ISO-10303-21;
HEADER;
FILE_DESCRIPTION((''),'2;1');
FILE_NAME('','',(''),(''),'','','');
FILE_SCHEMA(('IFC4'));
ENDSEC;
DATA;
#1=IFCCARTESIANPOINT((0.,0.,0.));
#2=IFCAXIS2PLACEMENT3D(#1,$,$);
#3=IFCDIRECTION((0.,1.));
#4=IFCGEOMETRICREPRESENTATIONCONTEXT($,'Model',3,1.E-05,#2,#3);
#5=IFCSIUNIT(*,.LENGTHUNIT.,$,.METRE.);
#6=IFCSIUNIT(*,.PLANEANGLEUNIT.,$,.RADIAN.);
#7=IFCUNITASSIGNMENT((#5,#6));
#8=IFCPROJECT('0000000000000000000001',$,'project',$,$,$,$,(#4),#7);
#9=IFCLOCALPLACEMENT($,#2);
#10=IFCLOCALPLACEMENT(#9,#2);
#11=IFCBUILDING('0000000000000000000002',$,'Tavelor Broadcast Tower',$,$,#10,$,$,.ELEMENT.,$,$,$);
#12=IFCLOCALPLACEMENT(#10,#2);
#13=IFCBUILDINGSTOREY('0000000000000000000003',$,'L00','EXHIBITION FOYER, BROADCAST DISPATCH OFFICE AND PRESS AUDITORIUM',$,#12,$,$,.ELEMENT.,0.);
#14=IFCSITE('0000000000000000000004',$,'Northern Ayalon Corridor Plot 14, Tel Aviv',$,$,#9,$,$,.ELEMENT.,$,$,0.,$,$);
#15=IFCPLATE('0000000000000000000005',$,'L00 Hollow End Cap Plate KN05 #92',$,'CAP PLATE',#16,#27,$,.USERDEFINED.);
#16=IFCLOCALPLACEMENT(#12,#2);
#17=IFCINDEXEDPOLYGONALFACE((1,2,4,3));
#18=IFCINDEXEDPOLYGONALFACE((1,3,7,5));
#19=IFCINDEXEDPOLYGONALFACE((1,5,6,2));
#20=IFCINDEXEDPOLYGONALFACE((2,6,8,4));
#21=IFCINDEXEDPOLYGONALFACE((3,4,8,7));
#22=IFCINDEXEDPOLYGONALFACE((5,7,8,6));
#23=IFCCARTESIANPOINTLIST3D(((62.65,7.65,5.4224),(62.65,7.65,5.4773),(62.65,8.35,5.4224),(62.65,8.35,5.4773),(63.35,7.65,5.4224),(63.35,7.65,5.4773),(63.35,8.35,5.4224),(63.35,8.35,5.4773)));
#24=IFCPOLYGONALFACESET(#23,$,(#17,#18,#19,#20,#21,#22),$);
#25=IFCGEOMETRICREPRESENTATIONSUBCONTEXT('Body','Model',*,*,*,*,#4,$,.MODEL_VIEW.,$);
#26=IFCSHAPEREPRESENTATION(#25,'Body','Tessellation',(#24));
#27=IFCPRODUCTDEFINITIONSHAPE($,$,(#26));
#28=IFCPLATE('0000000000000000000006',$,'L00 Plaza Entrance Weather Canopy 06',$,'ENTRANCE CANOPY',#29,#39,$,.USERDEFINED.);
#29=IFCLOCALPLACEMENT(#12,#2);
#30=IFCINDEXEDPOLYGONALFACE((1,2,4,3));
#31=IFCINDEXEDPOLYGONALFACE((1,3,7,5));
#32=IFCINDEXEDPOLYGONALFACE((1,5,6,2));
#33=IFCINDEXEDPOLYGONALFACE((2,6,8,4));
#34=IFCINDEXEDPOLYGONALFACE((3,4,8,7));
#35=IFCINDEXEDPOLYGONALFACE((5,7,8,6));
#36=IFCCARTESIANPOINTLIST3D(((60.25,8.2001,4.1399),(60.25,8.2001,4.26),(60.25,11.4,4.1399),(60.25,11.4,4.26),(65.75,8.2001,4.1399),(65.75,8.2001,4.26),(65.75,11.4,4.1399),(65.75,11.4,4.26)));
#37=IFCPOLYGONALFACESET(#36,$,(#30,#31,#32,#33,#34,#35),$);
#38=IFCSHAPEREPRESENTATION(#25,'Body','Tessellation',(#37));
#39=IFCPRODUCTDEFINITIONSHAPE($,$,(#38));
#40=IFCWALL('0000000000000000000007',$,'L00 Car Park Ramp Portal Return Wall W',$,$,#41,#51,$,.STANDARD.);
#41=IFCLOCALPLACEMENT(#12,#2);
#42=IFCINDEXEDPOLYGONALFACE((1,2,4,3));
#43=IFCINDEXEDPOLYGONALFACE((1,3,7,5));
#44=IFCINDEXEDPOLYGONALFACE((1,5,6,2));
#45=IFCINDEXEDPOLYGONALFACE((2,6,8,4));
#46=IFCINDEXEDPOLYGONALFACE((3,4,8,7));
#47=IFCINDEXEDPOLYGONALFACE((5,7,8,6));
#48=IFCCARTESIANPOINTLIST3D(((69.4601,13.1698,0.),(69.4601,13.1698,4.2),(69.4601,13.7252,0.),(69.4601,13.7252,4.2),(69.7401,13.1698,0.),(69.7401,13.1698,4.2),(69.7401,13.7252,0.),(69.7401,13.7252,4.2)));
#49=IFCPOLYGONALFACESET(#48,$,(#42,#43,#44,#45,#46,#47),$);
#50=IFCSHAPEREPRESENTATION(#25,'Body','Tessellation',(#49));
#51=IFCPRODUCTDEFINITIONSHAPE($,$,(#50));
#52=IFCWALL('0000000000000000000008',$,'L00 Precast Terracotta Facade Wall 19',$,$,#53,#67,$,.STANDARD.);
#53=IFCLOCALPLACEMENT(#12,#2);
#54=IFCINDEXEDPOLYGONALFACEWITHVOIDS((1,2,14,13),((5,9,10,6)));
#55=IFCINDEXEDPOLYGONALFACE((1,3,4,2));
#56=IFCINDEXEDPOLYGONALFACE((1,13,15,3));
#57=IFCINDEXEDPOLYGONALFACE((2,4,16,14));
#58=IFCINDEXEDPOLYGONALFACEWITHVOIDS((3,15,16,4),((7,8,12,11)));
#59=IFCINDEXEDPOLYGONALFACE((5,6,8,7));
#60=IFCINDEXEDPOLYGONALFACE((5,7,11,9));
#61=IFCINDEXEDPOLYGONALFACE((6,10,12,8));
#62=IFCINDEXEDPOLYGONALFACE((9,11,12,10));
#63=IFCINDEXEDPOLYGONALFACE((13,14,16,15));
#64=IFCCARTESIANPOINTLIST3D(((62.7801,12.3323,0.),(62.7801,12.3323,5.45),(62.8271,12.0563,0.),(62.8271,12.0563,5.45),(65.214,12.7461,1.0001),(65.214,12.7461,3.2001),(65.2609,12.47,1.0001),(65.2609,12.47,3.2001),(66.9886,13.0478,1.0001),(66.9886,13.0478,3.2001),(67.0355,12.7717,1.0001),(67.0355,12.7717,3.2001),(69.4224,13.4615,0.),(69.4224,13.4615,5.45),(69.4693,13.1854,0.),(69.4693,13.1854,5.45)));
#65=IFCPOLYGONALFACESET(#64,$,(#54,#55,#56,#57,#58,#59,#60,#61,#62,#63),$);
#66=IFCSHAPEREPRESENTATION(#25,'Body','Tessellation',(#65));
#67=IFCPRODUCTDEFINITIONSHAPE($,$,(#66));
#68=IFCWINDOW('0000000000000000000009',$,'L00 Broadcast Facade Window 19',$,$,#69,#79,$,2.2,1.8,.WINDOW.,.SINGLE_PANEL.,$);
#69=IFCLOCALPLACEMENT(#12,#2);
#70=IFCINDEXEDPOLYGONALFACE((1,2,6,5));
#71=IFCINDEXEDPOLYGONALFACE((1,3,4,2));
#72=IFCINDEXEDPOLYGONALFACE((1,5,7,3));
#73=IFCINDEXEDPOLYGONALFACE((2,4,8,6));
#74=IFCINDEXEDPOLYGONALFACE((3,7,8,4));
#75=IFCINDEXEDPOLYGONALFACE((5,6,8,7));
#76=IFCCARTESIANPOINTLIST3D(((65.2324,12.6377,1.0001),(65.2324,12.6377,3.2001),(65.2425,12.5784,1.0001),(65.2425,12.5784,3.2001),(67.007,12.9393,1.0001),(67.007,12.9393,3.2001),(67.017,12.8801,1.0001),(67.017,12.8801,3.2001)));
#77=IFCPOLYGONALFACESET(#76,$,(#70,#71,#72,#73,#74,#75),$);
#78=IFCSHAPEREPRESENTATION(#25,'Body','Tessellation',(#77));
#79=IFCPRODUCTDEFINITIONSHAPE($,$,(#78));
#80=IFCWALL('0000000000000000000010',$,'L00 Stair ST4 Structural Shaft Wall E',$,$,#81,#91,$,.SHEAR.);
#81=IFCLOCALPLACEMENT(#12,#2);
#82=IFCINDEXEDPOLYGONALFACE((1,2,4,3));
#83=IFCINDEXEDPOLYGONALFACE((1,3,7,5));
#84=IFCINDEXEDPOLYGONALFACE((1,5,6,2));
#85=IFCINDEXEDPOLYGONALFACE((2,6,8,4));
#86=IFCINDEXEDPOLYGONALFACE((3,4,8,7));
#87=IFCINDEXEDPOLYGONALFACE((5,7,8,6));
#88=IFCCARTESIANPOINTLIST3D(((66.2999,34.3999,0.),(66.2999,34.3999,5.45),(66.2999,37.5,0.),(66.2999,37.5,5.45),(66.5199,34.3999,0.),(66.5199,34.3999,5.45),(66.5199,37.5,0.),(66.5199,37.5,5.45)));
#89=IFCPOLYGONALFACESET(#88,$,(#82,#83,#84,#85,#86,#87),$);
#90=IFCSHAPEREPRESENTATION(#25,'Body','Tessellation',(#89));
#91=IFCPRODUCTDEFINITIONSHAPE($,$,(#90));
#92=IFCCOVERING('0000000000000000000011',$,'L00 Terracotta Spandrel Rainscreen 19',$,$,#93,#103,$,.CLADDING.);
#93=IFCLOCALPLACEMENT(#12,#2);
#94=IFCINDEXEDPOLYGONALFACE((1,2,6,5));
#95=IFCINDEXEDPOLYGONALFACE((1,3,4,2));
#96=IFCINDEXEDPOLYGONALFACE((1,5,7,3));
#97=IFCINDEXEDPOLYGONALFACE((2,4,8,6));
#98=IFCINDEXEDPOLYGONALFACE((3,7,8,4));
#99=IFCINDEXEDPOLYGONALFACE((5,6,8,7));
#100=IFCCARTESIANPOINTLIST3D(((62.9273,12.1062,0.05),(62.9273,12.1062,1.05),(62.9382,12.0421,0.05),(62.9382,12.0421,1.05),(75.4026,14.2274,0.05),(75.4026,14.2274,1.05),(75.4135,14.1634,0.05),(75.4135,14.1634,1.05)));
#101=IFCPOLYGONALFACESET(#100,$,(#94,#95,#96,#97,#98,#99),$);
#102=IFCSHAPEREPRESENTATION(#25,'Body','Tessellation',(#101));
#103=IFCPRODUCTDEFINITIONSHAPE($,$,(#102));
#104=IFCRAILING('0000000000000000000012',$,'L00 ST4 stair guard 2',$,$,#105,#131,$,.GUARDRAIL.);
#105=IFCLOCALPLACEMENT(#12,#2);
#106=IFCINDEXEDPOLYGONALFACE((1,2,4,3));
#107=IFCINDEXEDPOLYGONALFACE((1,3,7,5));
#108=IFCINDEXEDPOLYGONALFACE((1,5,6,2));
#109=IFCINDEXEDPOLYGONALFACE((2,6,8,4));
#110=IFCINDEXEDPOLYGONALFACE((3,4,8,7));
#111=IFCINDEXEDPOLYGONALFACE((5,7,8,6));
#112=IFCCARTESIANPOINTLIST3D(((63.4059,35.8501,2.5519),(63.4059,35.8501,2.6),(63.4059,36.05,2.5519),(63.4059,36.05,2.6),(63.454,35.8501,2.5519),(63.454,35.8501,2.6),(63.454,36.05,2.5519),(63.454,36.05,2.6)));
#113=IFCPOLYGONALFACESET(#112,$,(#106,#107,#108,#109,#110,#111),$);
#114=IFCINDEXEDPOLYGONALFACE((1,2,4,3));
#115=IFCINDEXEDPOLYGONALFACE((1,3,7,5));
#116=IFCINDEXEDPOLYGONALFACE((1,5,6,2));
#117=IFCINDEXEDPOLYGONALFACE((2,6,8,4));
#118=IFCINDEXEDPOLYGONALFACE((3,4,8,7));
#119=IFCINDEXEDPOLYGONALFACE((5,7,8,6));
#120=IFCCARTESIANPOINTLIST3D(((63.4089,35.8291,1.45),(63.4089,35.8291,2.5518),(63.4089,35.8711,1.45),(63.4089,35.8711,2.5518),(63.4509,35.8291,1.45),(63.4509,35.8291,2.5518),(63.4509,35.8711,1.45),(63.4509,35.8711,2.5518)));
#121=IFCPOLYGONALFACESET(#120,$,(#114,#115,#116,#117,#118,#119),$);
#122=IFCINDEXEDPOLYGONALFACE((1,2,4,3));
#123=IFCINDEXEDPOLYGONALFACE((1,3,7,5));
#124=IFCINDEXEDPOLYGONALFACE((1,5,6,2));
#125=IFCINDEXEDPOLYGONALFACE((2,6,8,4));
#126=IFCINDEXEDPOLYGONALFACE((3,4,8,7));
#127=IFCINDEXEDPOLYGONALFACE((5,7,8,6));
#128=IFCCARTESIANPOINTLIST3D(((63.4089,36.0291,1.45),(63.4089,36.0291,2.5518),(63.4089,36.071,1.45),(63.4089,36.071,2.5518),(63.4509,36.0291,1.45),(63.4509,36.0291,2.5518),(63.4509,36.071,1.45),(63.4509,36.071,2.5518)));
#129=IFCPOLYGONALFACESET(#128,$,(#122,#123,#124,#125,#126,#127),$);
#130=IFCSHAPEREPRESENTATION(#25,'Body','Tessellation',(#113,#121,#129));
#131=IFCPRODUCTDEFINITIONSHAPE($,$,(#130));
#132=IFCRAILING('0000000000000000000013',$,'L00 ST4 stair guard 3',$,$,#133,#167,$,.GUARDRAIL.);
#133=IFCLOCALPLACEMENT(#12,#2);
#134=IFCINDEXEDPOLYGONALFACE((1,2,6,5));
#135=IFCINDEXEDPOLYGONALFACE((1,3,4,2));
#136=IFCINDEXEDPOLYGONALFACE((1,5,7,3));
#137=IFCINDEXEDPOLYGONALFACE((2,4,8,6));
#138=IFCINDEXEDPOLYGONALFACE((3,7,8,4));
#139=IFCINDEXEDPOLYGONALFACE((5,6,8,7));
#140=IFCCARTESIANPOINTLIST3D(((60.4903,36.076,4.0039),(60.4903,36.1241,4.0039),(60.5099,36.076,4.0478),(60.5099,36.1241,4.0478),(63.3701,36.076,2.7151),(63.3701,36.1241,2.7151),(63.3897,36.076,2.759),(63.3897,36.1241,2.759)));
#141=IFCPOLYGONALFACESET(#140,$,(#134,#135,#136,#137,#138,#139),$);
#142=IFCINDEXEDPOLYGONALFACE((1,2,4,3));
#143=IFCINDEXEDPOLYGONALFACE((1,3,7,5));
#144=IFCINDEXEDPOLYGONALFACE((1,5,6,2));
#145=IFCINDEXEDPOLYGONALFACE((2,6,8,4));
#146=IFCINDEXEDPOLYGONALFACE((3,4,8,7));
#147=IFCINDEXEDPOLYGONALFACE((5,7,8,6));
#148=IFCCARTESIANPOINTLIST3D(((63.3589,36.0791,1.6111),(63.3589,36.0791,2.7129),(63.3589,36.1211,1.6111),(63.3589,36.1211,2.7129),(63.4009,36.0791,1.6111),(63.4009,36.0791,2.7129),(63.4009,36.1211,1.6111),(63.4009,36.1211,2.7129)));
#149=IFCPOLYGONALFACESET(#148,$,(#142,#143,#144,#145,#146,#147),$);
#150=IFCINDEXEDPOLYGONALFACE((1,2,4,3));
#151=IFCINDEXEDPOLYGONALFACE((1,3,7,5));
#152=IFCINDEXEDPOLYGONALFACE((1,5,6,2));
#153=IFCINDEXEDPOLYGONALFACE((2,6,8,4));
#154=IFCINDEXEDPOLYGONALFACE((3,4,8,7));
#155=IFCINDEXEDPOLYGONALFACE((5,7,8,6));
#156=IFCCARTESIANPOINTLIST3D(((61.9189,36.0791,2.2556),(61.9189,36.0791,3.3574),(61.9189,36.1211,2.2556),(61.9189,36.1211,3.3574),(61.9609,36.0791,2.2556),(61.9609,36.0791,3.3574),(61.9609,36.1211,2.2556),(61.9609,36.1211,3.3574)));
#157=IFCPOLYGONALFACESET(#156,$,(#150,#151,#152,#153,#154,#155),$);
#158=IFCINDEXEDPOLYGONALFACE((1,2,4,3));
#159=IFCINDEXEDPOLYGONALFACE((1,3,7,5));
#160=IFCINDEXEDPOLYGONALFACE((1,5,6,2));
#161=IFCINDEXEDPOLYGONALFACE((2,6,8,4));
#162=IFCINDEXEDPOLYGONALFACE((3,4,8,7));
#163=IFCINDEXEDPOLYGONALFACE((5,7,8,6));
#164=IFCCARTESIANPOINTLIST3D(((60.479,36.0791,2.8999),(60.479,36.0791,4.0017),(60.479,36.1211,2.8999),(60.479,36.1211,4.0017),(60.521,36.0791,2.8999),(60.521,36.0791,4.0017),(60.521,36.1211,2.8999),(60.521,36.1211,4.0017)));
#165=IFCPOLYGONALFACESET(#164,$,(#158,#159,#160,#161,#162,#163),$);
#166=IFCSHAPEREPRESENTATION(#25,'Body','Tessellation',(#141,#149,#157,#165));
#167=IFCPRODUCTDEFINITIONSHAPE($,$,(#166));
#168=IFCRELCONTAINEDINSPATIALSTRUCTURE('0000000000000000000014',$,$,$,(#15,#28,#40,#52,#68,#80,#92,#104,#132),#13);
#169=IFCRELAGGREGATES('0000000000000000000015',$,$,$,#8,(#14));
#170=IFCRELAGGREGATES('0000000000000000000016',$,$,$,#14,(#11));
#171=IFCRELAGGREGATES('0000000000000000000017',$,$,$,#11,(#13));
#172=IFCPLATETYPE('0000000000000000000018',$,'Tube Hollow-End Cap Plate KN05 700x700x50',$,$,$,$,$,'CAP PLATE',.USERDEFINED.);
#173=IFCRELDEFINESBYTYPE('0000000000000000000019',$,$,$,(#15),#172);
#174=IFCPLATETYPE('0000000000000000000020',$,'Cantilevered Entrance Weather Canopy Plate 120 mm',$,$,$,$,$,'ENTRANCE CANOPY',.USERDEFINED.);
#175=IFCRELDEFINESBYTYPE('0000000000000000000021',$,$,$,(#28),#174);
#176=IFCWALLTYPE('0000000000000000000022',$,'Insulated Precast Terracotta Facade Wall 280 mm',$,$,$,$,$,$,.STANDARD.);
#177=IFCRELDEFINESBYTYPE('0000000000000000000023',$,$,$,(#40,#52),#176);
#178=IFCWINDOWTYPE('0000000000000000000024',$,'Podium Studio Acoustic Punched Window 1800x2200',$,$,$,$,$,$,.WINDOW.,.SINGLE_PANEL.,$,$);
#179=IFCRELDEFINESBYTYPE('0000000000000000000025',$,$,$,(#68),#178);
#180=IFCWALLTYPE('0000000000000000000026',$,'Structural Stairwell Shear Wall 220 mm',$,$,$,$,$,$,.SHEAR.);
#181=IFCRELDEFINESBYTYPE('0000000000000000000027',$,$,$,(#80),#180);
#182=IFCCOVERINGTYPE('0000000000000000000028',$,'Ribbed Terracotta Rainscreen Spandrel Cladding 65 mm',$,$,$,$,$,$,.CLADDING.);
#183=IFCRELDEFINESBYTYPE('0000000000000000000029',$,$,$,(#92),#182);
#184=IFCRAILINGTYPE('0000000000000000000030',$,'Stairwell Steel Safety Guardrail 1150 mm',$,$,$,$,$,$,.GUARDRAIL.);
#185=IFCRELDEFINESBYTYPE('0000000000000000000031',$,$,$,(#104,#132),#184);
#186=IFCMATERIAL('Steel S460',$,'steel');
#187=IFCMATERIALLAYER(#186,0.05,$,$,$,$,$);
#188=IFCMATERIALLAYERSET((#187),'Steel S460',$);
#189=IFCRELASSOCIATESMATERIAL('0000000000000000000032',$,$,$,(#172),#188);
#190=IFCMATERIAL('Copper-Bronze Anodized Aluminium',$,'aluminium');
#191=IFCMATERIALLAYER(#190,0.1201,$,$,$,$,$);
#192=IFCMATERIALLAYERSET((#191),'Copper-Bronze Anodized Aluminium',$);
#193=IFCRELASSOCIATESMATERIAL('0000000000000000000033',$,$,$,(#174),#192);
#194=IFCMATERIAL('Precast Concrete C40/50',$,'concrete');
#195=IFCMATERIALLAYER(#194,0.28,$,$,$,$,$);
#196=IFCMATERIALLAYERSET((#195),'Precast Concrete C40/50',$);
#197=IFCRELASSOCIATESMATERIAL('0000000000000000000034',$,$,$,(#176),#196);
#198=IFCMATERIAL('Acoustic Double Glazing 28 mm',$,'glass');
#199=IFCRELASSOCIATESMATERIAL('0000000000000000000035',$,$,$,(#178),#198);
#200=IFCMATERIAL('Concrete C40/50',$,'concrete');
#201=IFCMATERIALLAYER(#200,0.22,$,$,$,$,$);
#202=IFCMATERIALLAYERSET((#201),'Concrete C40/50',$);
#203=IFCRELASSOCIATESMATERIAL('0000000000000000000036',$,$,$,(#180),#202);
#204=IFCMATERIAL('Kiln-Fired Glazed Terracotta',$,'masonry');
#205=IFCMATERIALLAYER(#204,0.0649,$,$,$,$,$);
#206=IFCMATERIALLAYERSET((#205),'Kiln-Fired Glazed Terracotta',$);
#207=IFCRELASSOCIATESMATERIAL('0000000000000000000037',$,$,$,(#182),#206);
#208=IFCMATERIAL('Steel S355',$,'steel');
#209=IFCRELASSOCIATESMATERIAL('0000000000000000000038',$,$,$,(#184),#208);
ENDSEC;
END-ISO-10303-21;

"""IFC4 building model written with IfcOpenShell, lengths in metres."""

from ifc_helpers import new_model, si_unit, direction, frame, frame_2d, origin, origin_2d, place, context, subcontext, project, spatial, rectangle, extrude, source, transform, mapped, material, layer, layer_set, type_object, type_shapes, element, fill, save


model = new_model("IFC4")

# Units and contexts
model_context = context("Model", 3, precision=1e-05, world=origin(), true_north=direction((0.0, 1.0)))
body_context = subcontext(model_context, "Body", "Model", "MODEL_VIEW")
ifc_project = project(units=[si_unit("LENGTHUNIT", "METRE"), si_unit("PLANEANGLEUNIT", "RADIAN")], contexts=[model_context])

# Site, building, storey
site_placement = place(None, origin())
site = spatial("IfcSite", under=ifc_project, at=site_placement, Name="Northern Ayalon Corridor Plot 14, Tel Aviv", CompositionType="ELEMENT", RefElevation=0.0)
building_placement = place(site_placement, origin())
building = spatial("IfcBuilding", under=site, at=building_placement, Name="Tavelor Broadcast Tower", CompositionType="ELEMENT")
storey_placement = place(building_placement, origin())
storey = spatial("IfcBuildingStorey", under=building, at=storey_placement, Name="L00", Description="EXHIBITION FOYER, BROADCAST DISPATCH OFFICE AND PRESS AUDITORIUM", CompositionType="ELEMENT", Elevation=0.0)

# Shared definitions
ifc_material_1 = material(Name="Steel S355", Category="steel")
ifc_material_2 = material(Name="Steel S460", Category="steel")

# Plates
ifc_layer_1 = layer(ifc_material_2, 0.05)
ifc_layer_set_1 = layer_set([ifc_layer_1], Name="Steel S460")
plate_type_1 = type_object("IfcPlateType", Name="Tube Hollow-End Cap Plate KN05 700x700x50", ElementType="CAP PLATE", PredefinedType="USERDEFINED", material=ifc_layer_set_1)
shared_shape_1 = source(origin(), body_context, "Body", "SweptSolid", [
    extrude(rectangle(XDim=0.7, YDim=0.7, at=origin_2d()), origin(), (0.0, 0.0, 1.0), 0.0549),
])
plate_1_placement = place(storey_placement, frame((63.0, 8.0, 5.4224), z_axis=(0.0, 0.0, 1.0), x_axis=(1.0, 0.0, 0.0)))
element("IfcPlate", 1, at=plate_1_placement, inside=storey, type_object=plate_type_1, Name="L00 Hollow End Cap Plate KN05 #92", ObjectType="CAP PLATE", PredefinedType="USERDEFINED", context=body_context, shape_type="MappedRepresentation", body=[
    mapped(shared_shape_1, transform((0.0, 0.0, 0.0), scale=1.0)),
])
ifc_material_3 = material(Name="Copper-Bronze Anodized Aluminium", Category="aluminium")
ifc_layer_2 = layer(ifc_material_3, 0.1201)
ifc_layer_set_2 = layer_set([ifc_layer_2], Name="Copper-Bronze Anodized Aluminium")
plate_type_2 = type_object("IfcPlateType", Name="Cantilevered Entrance Weather Canopy Plate 120 mm", ElementType="ENTRANCE CANOPY", PredefinedType="USERDEFINED", material=ifc_layer_set_2)
shared_shape_2 = source(origin(), body_context, "Body", "SweptSolid", [
    extrude(rectangle(XDim=5.5, YDim=3.2, at=origin_2d()), origin(), (0.0, 0.0, 1.0), 0.1201),
])
type_shapes(plate_type_2, [shared_shape_2])
plate_2_placement = place(storey_placement, frame((63.0, 9.8, 4.1399), z_axis=(0.0, 0.0, 1.0), x_axis=(1.0, 0.0, 0.0)))
element("IfcPlate", 2, at=plate_2_placement, inside=storey, type_object=plate_type_2, Name="L00 Plaza Entrance Weather Canopy 06", ObjectType="ENTRANCE CANOPY", PredefinedType="USERDEFINED", context=body_context, shape_type="MappedRepresentation", body=[
    mapped(shared_shape_2, transform((0.0, 0.0, 0.0), scale=1.0)),
])

# Shared definitions
ifc_material_4 = material(Name="Precast Concrete C40/50", Category="concrete")
ifc_layer_3 = layer(ifc_material_4, 0.28)
ifc_layer_set_3 = layer_set([ifc_layer_3], Name="Precast Concrete C40/50")
wall_type_1 = type_object("IfcWallType", Name="Insulated Precast Terracotta Facade Wall 280 mm", PredefinedType="STANDARD", material=ifc_layer_set_3)

# Wall
wall_1_placement = place(storey_placement, frame((69.6001, 13.1697, 0.0), z_axis=(0.0, 0.0, 1.0), x_axis=(0.0, 1.0, 0.0)))
element("IfcWall", 3, at=wall_1_placement, inside=storey, type_object=wall_type_1, Name="L00 Car Park Ramp Portal Return Wall W", PredefinedType="STANDARD", context=body_context, shape_type="SweptSolid", body=[
    extrude(rectangle(XDim=0.5554, YDim=0.28, at=frame_2d((0.2778, 0.0))), origin(), (0.0, 0.0, 1.0), 4.2),
])

# Wall, opening, window
wall_2_placement = place(storey_placement, frame((62.8037, 12.1943, 0.0), z_axis=(0.0, 0.0, 1.0), x_axis=(0.985857, 0.167589, 0.0)))
wall_2 = element("IfcWall", 4, at=wall_2_placement, inside=storey, type_object=wall_type_1, Name="L00 Precast Terracotta Facade Wall 19", PredefinedType="STANDARD", context=body_context, shape_type="SweptSolid", body=[
    extrude(rectangle(XDim=6.7375, YDim=0.28, at=frame_2d((3.3687, 0.0))), origin(), (0.0, 0.0, 1.0), 5.45),
])
opening_1_placement = place(wall_2_placement, frame((2.4688, 0.0, 1.0)))
opening_1 = element("IfcOpeningElement", 5, at=opening_1_placement, cuts=wall_2, PredefinedType="OPENING", context=body_context, shape_type="SweptSolid", body=[
    extrude(rectangle(XDim=1.8, YDim=2.2, at=frame_2d((0.8999, 1.1001))), frame((0.0, 0.1499, 0.0), z_axis=(0.0, -1.0, 0.0), x_axis=(1.0, 0.0, 0.0)), (0.0, 0.0, 1.0), 0.3),
])
ifc_material_5 = material(Name="Acoustic Double Glazing 28 mm", Category="glass")
window_type = type_object("IfcWindowType", Name="Podium Studio Acoustic Punched Window 1800x2200", PartitioningType="SINGLE_PANEL", PredefinedType="WINDOW", material=ifc_material_5)
window_placement = place(opening_1_placement, origin())
window = element("IfcWindow", 6, at=window_placement, inside=storey, type_object=window_type, Name="L00 Broadcast Facade Window 19", OverallHeight=2.2, OverallWidth=1.8, PartitioningType="SINGLE_PANEL", PredefinedType="WINDOW", context=body_context, shape_type="SweptSolid", body=[
    extrude(rectangle(XDim=1.8, YDim=2.2, at=frame_2d((0.8999, 1.1001))), frame((0.0, 0.03, 0.0), z_axis=(0.0, -1.0, 0.0), x_axis=(1.0, 0.0, 0.0)), (0.0, 0.0, 1.0), 0.0601),
])
fill(opening_1, window)

# Wall
ifc_material_6 = material(Name="Concrete C40/50", Category="concrete")
ifc_layer_4 = layer(ifc_material_6, 0.22)
ifc_layer_set_4 = layer_set([ifc_layer_4], Name="Concrete C40/50")
wall_type_2 = type_object("IfcWallType", Name="Structural Stairwell Shear Wall 220 mm", PredefinedType="SHEAR", material=ifc_layer_set_4)
wall_3_placement = place(storey_placement, frame((66.4099, 34.3999, 0.0), z_axis=(0.0, 0.0, 1.0), x_axis=(0.0, 1.0, 0.0)))
element("IfcWall", 7, at=wall_3_placement, inside=storey, type_object=wall_type_2, Name="L00 Stair ST4 Structural Shaft Wall E", PredefinedType="SHEAR", context=body_context, shape_type="SweptSolid", body=[
    extrude(rectangle(XDim=3.1001, YDim=0.22, at=frame_2d((1.55, 0.0))), origin(), (0.0, 0.0, 1.0), 5.45),
])

# Covering
ifc_material_7 = material(Name="Kiln-Fired Glazed Terracotta", Category="masonry")
ifc_layer_5 = layer(ifc_material_7, 0.0649)
ifc_layer_set_5 = layer_set([ifc_layer_5], Name="Kiln-Fired Glazed Terracotta")
covering_type = type_object("IfcCoveringType", Name="Ribbed Terracotta Rainscreen Spandrel Cladding 65 mm", PredefinedType="CLADDING", material=ifc_layer_set_5)
covering_placement = place(storey_placement, frame((69.1704, 13.1348, 0.05), z_axis=(0.0, 0.0, 1.0), x_axis=(0.98585, 0.167629, 0.0)))
element("IfcCovering", 8, at=covering_placement, inside=storey, type_object=covering_type, Name="L00 Terracotta Spandrel Rainscreen 19", PredefinedType="CLADDING", context=body_context, shape_type="SweptSolid", body=[
    extrude(rectangle(XDim=12.6543, YDim=0.0649, at=origin_2d()), origin(), (0.0, 0.0, 1.0), 1.0),
])

# Railings
railing_type = type_object("IfcRailingType", Name="Stairwell Steel Safety Guardrail 1150 mm", PredefinedType="GUARDRAIL", material=ifc_material_1)
railing_1_placement = place(storey_placement, frame((63.4299, 35.8501, 1.45)))
element("IfcRailing", 9, at=railing_1_placement, inside=storey, type_object=railing_type, Name="L00 ST4 stair guard 2", PredefinedType="GUARDRAIL", context=body_context, shape_type="SweptSolid", body=[
    extrude(rectangle(XDim=0.0481, YDim=0.0481, at=origin_2d()), frame((0.0, 0.0, 1.126), z_axis=(0.0, 1.0, 0.0), x_axis=(-1.0, 0.0, 0.0)), (0.0, 0.0, 1.0), 0.2),
    extrude(rectangle(XDim=0.042, YDim=0.042, at=origin_2d()), origin(), (0.0, 0.0, 1.0), 1.1018),
    extrude(rectangle(XDim=0.042, YDim=0.042, at=origin_2d()), frame((0.0, 0.2, 0.0)), (0.0, 0.0, 1.0), 1.1018),
])
railing_2_placement = place(storey_placement, frame((63.3799, 36.1001, 1.6111)))
element("IfcRailing", 10, at=railing_2_placement, inside=storey, type_object=railing_type, Name="L00 ST4 stair guard 3", PredefinedType="GUARDRAIL", context=body_context, shape_type="SweptSolid", body=[
    extrude(rectangle(XDim=0.0481, YDim=0.0481, at=origin_2d()), frame((0.0, 0.0, 1.126), z_axis=(-0.912765, 0.0, 0.408485), x_axis=(0.0, -1.0, 0.0)), (0.0, 0.0, 1.0), 3.155),
    extrude(rectangle(XDim=0.042, YDim=0.042, at=origin_2d()), origin(), (0.0, 0.0, 1.0), 1.1018),
    extrude(rectangle(XDim=0.042, YDim=0.042, at=origin_2d()), frame((-1.4399, 0.0, 0.6445)), (0.0, 0.0, 1.0), 1.1018),
    extrude(rectangle(XDim=0.042, YDim=0.042, at=origin_2d()), frame((-2.8799, 0.0, 1.2888)), (0.0, 0.0, 1.0), 1.1018),
])

save(model, "model.ifc")
